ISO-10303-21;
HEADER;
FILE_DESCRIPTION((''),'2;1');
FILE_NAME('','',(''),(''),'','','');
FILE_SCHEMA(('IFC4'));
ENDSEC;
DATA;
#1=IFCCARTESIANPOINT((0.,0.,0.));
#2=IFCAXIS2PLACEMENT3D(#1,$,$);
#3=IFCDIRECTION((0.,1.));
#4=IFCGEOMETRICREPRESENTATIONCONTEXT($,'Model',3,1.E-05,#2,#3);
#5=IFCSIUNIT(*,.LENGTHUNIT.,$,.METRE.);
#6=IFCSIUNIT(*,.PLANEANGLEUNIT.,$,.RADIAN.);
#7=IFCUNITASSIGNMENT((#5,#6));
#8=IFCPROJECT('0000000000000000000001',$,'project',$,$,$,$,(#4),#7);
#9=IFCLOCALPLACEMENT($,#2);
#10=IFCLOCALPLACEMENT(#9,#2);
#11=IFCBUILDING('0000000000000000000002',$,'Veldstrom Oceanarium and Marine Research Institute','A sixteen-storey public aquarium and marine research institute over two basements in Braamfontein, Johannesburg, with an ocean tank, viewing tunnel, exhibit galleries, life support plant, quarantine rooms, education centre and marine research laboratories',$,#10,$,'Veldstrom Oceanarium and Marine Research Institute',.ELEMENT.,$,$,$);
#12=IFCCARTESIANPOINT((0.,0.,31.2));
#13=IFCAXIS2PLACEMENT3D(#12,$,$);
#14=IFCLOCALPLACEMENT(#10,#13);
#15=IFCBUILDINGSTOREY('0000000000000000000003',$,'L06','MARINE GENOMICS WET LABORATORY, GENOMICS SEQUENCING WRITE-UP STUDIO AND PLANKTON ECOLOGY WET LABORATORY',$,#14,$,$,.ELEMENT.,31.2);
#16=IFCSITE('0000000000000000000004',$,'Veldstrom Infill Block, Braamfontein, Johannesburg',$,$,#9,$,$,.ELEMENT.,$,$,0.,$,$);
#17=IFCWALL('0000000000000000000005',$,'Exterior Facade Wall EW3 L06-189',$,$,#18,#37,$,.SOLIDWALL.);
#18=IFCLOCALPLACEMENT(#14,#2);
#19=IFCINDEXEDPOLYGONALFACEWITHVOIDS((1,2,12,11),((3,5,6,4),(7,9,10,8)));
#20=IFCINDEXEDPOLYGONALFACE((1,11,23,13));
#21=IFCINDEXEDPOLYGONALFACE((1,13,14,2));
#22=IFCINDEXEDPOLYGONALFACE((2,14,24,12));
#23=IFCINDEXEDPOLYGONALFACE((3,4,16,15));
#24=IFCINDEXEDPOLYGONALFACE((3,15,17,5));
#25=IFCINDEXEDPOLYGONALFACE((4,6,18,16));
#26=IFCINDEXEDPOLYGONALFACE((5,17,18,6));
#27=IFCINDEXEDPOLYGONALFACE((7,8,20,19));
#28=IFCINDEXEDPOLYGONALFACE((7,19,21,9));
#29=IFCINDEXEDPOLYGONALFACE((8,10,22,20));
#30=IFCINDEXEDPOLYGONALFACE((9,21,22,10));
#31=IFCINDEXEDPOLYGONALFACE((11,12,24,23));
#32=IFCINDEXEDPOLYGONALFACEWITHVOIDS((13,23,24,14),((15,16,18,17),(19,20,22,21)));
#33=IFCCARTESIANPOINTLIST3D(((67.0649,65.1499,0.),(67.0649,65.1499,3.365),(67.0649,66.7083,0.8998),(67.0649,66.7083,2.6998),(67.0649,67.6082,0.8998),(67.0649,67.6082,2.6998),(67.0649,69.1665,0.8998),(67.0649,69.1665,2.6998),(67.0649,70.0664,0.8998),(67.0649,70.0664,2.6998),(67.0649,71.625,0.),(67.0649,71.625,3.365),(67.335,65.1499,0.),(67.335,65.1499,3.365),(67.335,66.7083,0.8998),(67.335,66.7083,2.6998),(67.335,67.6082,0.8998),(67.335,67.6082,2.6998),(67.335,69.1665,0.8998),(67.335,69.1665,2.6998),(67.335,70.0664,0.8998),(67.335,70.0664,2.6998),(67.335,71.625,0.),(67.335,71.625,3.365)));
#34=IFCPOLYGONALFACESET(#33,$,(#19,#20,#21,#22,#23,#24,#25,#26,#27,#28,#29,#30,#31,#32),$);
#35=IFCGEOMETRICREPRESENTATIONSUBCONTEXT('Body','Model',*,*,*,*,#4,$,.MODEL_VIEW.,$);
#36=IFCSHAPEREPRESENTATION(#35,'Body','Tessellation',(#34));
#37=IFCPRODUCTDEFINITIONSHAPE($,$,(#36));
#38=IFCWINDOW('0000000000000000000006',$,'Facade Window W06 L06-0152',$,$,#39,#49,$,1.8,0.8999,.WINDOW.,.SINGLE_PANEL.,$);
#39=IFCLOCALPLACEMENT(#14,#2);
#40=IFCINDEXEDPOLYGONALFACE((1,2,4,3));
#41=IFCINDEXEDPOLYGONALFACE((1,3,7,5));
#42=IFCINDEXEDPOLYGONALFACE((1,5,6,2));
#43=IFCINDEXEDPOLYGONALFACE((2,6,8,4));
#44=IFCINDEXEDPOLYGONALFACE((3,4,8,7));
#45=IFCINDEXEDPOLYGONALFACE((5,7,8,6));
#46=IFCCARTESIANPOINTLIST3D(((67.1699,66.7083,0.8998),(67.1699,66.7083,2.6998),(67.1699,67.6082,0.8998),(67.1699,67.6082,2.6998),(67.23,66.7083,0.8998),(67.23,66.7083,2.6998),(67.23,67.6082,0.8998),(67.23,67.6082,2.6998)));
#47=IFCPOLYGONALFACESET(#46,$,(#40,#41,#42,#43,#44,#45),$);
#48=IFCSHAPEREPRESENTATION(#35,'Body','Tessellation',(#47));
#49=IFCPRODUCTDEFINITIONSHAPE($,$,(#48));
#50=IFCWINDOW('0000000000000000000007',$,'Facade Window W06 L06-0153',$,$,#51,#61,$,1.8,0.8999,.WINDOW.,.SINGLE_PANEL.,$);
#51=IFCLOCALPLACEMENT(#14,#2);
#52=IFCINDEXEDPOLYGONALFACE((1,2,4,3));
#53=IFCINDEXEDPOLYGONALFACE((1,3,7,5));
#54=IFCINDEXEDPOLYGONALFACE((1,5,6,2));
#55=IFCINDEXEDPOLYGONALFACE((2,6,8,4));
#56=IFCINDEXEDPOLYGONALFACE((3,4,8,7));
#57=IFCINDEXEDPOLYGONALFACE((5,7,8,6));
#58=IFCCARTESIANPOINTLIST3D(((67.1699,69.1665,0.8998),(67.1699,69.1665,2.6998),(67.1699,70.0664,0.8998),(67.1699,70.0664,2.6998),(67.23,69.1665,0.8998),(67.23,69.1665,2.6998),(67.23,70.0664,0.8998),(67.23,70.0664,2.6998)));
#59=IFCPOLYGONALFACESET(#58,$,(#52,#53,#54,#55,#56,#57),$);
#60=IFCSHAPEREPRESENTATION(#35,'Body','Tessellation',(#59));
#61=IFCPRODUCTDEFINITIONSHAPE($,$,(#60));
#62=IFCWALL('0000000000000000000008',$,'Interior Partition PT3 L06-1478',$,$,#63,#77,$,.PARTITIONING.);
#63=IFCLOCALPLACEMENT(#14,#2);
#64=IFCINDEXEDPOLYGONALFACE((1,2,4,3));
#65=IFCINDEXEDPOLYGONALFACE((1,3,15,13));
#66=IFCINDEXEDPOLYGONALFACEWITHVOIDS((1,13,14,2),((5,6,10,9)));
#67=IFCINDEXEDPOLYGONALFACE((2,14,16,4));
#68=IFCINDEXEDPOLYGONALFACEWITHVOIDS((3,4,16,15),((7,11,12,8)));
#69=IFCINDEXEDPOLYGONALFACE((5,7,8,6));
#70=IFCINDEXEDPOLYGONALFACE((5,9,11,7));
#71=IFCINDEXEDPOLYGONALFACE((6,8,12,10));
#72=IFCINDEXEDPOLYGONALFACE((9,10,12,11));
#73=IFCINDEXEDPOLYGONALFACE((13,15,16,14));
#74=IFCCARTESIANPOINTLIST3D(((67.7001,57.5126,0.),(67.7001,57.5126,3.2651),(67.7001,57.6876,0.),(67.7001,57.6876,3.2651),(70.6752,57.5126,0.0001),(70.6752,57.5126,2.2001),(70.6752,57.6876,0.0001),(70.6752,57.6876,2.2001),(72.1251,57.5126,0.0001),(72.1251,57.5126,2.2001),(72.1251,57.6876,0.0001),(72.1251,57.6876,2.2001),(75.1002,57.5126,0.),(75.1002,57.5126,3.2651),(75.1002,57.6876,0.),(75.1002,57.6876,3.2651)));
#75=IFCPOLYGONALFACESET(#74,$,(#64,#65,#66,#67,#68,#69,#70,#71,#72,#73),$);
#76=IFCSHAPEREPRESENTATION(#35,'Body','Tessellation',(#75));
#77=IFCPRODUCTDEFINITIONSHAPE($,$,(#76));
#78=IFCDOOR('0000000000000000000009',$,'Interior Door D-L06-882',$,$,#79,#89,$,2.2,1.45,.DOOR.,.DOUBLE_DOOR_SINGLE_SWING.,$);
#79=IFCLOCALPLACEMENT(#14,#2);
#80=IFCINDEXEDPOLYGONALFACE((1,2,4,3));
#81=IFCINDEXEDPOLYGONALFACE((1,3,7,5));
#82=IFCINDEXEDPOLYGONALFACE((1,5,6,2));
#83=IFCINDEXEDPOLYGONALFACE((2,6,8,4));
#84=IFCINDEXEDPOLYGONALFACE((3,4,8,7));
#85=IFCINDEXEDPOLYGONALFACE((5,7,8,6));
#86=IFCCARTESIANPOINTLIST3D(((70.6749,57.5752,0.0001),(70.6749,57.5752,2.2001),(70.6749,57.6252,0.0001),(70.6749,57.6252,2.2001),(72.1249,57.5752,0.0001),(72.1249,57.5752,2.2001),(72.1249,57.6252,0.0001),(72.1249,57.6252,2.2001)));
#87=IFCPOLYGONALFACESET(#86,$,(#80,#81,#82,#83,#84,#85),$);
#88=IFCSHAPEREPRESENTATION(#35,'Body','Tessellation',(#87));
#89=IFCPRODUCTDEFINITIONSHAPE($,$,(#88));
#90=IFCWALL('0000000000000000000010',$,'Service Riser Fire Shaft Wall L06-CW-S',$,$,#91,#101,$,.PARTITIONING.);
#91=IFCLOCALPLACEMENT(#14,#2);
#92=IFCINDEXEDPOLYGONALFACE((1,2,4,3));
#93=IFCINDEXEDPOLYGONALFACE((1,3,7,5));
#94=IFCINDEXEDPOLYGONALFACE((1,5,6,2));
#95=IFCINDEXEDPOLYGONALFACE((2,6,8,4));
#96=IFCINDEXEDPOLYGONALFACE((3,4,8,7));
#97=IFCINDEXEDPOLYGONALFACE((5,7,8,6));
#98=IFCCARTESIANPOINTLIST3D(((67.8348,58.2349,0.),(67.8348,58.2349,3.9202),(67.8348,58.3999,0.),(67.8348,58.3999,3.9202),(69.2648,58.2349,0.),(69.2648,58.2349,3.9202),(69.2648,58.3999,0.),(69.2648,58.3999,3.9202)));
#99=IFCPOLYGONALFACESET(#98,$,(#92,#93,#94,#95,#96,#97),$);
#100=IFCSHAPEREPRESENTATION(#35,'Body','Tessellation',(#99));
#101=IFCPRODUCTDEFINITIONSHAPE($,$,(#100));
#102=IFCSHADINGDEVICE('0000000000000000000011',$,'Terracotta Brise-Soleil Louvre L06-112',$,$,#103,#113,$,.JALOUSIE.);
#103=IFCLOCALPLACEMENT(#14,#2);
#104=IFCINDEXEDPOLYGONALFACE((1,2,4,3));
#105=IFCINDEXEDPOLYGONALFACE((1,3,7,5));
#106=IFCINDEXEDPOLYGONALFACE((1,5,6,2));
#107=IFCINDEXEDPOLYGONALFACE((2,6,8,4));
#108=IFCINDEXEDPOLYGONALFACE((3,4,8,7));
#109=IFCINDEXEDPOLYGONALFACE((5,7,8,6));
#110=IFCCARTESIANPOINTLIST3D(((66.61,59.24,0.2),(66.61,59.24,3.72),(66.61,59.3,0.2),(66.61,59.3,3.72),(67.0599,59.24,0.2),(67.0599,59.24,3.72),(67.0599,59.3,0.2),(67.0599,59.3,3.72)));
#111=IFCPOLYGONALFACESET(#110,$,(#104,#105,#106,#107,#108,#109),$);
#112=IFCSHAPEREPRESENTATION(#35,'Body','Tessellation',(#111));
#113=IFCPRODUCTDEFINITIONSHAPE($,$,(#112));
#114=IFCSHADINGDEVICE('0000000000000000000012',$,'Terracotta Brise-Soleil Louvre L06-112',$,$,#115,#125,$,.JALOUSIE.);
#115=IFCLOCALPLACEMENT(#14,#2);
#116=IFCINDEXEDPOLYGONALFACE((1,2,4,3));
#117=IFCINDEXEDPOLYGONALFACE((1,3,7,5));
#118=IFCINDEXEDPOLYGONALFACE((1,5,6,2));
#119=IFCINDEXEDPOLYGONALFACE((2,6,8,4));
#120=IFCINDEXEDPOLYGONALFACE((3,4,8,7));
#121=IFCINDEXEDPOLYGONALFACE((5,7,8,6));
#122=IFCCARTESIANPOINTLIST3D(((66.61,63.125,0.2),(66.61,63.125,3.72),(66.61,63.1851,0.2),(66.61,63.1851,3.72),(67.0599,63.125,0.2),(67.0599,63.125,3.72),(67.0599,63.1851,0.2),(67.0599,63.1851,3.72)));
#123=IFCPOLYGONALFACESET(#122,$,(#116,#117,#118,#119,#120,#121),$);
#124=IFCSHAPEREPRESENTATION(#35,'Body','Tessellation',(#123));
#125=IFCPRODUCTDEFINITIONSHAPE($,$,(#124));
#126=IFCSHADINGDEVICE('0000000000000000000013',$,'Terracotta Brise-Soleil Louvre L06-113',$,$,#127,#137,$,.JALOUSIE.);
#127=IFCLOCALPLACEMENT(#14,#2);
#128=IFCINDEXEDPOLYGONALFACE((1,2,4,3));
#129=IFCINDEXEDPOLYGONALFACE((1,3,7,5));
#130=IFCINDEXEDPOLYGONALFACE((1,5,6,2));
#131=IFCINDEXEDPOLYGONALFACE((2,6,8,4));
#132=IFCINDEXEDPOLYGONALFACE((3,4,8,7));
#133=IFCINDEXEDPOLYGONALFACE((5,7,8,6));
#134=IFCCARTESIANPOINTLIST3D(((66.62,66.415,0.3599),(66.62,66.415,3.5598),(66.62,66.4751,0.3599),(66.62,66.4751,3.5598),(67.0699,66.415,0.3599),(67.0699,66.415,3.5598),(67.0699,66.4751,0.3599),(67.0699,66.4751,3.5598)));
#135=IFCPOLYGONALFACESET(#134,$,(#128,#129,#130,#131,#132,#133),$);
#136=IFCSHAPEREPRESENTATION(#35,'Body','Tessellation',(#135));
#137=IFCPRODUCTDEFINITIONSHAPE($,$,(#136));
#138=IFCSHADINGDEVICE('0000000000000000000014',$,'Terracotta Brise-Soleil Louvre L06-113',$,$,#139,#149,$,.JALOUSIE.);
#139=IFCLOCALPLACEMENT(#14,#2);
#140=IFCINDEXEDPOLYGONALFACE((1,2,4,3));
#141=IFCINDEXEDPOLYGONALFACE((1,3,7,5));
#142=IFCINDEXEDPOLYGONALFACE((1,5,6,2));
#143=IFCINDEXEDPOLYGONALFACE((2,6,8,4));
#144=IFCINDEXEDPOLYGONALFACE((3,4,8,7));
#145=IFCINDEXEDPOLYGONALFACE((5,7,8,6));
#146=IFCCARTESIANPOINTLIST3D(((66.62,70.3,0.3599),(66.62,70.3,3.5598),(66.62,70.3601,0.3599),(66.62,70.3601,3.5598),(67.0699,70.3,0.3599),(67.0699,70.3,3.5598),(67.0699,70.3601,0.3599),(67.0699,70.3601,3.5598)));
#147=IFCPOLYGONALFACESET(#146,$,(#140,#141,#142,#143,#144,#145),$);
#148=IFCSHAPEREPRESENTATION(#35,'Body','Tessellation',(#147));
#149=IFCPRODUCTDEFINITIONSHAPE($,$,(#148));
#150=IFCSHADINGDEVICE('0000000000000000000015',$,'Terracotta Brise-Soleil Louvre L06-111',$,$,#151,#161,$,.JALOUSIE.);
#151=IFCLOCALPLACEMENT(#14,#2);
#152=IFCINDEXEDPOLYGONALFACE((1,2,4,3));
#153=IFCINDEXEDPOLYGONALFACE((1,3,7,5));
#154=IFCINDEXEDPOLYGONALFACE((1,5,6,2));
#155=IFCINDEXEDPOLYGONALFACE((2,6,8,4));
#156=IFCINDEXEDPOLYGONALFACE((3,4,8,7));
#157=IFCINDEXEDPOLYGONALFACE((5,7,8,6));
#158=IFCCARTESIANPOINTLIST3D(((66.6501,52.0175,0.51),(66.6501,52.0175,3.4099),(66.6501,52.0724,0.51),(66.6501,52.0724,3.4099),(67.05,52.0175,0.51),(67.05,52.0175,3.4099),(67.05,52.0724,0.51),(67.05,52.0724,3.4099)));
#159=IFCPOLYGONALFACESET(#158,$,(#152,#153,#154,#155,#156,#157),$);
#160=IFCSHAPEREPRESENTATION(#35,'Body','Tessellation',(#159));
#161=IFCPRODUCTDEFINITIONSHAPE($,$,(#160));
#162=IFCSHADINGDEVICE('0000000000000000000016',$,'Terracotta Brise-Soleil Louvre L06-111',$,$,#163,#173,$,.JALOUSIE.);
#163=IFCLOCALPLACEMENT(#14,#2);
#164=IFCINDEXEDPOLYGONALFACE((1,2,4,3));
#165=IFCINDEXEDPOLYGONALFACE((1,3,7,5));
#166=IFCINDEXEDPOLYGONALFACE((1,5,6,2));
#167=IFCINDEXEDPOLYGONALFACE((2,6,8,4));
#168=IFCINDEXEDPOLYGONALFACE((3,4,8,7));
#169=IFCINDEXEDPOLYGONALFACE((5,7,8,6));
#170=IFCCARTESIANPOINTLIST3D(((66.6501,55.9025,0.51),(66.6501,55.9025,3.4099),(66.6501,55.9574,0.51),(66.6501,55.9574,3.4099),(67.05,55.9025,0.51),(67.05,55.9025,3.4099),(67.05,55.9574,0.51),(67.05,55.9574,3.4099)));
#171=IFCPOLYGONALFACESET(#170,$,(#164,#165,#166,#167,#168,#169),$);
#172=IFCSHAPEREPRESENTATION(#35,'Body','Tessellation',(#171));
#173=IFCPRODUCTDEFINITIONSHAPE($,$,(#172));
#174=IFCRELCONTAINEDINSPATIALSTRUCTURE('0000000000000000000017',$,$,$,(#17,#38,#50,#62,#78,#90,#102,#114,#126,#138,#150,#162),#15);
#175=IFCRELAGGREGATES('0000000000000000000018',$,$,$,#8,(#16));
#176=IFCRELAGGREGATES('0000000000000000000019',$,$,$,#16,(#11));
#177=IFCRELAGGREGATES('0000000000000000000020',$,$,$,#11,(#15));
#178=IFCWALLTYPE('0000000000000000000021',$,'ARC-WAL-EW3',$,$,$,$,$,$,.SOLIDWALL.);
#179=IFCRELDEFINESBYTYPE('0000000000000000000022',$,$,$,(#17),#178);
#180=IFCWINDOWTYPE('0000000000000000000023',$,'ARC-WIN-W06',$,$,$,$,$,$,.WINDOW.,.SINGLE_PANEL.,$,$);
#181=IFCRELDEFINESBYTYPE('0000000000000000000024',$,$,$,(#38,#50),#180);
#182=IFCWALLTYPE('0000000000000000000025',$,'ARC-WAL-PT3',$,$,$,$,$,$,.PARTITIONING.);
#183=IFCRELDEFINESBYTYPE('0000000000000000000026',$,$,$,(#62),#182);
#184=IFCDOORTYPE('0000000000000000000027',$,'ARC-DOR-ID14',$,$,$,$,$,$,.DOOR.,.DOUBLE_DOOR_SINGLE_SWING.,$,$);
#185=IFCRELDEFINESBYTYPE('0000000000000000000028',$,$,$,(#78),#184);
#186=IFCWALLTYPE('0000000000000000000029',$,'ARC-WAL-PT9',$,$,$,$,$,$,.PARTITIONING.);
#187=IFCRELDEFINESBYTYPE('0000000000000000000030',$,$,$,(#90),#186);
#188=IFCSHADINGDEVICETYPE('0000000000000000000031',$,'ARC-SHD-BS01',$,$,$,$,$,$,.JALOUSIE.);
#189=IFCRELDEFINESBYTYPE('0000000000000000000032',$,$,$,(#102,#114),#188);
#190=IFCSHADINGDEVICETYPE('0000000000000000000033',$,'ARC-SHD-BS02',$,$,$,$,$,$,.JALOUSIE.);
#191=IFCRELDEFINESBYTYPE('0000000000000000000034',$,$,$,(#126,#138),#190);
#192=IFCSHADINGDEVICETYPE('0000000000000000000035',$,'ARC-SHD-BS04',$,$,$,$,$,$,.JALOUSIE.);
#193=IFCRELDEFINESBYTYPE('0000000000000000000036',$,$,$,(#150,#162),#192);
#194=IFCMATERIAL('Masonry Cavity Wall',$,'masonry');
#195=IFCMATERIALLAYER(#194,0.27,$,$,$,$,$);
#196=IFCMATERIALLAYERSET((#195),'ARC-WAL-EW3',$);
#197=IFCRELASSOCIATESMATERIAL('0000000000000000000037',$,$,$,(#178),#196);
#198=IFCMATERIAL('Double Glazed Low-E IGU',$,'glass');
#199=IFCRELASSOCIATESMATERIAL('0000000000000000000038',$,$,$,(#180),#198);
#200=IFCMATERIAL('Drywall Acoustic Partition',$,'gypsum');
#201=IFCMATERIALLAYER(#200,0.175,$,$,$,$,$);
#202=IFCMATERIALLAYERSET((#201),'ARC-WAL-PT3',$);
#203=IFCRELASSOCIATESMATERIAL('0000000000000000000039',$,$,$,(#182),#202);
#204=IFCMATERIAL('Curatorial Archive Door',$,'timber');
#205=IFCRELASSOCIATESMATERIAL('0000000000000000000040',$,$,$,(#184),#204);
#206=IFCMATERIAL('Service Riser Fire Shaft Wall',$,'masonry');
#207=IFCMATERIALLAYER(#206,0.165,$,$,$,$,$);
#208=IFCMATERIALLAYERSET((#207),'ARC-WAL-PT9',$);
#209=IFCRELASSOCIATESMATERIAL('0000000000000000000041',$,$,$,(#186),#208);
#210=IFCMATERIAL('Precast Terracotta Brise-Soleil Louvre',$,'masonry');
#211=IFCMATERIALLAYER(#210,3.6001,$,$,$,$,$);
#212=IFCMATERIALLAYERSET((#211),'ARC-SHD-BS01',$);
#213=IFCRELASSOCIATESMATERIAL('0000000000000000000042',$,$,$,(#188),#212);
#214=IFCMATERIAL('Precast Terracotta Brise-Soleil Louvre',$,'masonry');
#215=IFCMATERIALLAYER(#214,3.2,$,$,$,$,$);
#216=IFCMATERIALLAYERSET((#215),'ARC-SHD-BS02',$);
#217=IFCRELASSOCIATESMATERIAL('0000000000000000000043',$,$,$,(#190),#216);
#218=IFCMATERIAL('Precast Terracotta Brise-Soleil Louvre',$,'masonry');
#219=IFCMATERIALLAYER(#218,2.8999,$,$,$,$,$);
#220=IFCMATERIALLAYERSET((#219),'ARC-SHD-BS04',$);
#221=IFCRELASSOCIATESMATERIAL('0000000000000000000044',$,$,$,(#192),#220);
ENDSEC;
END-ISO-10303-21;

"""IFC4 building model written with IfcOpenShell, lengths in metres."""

from ifc_helpers import new_model, si_unit, direction, frame, frame_2d, origin, origin_2d, place, context, subcontext, project, spatial, rectangle, extrude, material, layer, layer_set, type_object, element, fill, save


model = new_model("IFC4")

# Units and contexts
model_context = context("Model", 3, precision=1e-05, world=origin(), true_north=direction((0.0, 1.0)))
body_context = subcontext(model_context, "Body", "Model", "MODEL_VIEW")
ifc_project = project(units=[si_unit("LENGTHUNIT", "METRE"), si_unit("PLANEANGLEUNIT", "RADIAN")], contexts=[model_context])

# Site, building, storey
site_placement = place(None, origin())
site = spatial("IfcSite", under=ifc_project, at=site_placement, Name="Veldstrom Infill Block, Braamfontein, Johannesburg", CompositionType="ELEMENT", RefElevation=0.0)
building_placement = place(site_placement, origin())
building = spatial("IfcBuilding", under=site, at=building_placement, Name="Veldstrom Oceanarium and Marine Research Institute", Description="A sixteen-storey public aquarium and marine research institute over two basements in Braamfontein, Johannesburg, with an ocean tank, viewing tunnel, exhibit galleries, life support plant, quarantine rooms, education centre and marine research laboratories", LongName="Veldstrom Oceanarium and Marine Research Institute", CompositionType="ELEMENT")
storey_placement = place(building_placement, frame((0.0, 0.0, 31.2)))
storey = spatial("IfcBuildingStorey", under=building, at=storey_placement, Name="L06", Description="MARINE GENOMICS WET LABORATORY, GENOMICS SEQUENCING WRITE-UP STUDIO AND PLANKTON ECOLOGY WET LABORATORY", CompositionType="ELEMENT", Elevation=31.2)

# Wall, openings, windows
ifc_material_1 = material(Name="Masonry Cavity Wall", Category="masonry")
ifc_layer_1 = layer(ifc_material_1, 0.27)
ifc_layer_set_1 = layer_set([ifc_layer_1], Name="ARC-WAL-EW3")
wall_type_1 = type_object("IfcWallType", Name="ARC-WAL-EW3", PredefinedType="SOLIDWALL", material=ifc_layer_set_1)
wall_1_placement = place(storey_placement, frame((67.2, 65.1499, 0.0), z_axis=(0.0, 0.0, 1.0), x_axis=(0.0, 1.0, 0.0)))
wall_1 = element("IfcWall", 1, at=wall_1_placement, inside=storey, type_object=wall_type_1, Name="Exterior Facade Wall EW3 L06-189", PredefinedType="SOLIDWALL", context=body_context, shape_type="SweptSolid", body=[
    extrude(rectangle(XDim=6.4751, YDim=0.27, at=frame_2d((3.2375, 0.0))), origin(), (0.0, 0.0, 1.0), 3.365),
])
opening_1_placement = place(wall_1_placement, frame((1.5583, 0.0, 0.8999)))
opening_1 = element("IfcOpeningElement", 2, at=opening_1_placement, cuts=wall_1, PredefinedType="OPENING", context=body_context, shape_type="SweptSolid", body=[
    extrude(rectangle(XDim=0.8999, YDim=1.8, at=frame_2d((0.45, 0.8999))), frame((0.0, 0.145, 0.0), z_axis=(0.0, -1.0, 0.0), x_axis=(1.0, 0.0, 0.0)), (0.0, 0.0, 1.0), 0.29),
])
opening_2_placement = place(wall_1_placement, frame((4.0166, 0.0, 0.8999)))
opening_2 = element("IfcOpeningElement", 3, at=opening_2_placement, cuts=wall_1, PredefinedType="OPENING", context=body_context, shape_type="SweptSolid", body=[
    extrude(rectangle(XDim=0.8999, YDim=1.8, at=frame_2d((0.45, 0.8999))), frame((0.0, 0.145, 0.0), z_axis=(0.0, -1.0, 0.0), x_axis=(1.0, 0.0, 0.0)), (0.0, 0.0, 1.0), 0.29),
])
ifc_material_2 = material(Name="Double Glazed Low-E IGU", Category="glass")
window_type_1 = type_object("IfcWindowType", Name="ARC-WIN-W06", PartitioningType="SINGLE_PANEL", PredefinedType="WINDOW", material=ifc_material_2)
window_1_placement = place(opening_1_placement, origin())
window_1 = element("IfcWindow", 4, at=window_1_placement, inside=storey, type_object=window_type_1, Name="Facade Window W06 L06-0152", OverallHeight=1.8, OverallWidth=0.8999, PartitioningType="SINGLE_PANEL", PredefinedType="WINDOW", context=body_context, shape_type="SweptSolid", body=[
    extrude(rectangle(XDim=0.8999, YDim=1.8, at=frame_2d((0.45, 0.8999))), frame((0.0, 0.03, 0.0), z_axis=(0.0, -1.0, 0.0), x_axis=(1.0, 0.0, 0.0)), (0.0, 0.0, 1.0), 0.0601),
])
fill(opening_1, window_1)
window_2_placement = place(opening_2_placement, origin())
window_2 = element("IfcWindow", 5, at=window_2_placement, inside=storey, type_object=window_type_1, Name="Facade Window W06 L06-0153", OverallHeight=1.8, OverallWidth=0.8999, PartitioningType="SINGLE_PANEL", PredefinedType="WINDOW", context=body_context, shape_type="SweptSolid", body=[
    extrude(rectangle(XDim=0.8999, YDim=1.8, at=frame_2d((0.45, 0.8999))), frame((0.0, 0.03, 0.0), z_axis=(0.0, -1.0, 0.0), x_axis=(1.0, 0.0, 0.0)), (0.0, 0.0, 1.0), 0.0601),
])
fill(opening_2, window_2)

# Wall, opening, door
ifc_material_3 = material(Name="Drywall Acoustic Partition", Category="gypsum")
ifc_layer_2 = layer(ifc_material_3, 0.175)
ifc_layer_set_2 = layer_set([ifc_layer_2], Name="ARC-WAL-PT3")
wall_type_2 = type_object("IfcWallType", Name="ARC-WAL-PT3", PredefinedType="PARTITIONING", material=ifc_layer_set_2)
wall_2_placement = place(storey_placement, frame((67.7, 57.6001, 0.0), z_axis=(0.0, 0.0, 1.0), x_axis=(1.0, 0.0, 0.0)))
wall_2 = element("IfcWall", 6, at=wall_2_placement, inside=storey, type_object=wall_type_2, Name="Interior Partition PT3 L06-1478", PredefinedType="PARTITIONING", context=body_context, shape_type="SweptSolid", body=[
    extrude(rectangle(XDim=7.4001, YDim=0.175, at=frame_2d((3.7002, 0.0))), origin(), (0.0, 0.0, 1.0), 3.2651),
])
opening_3_placement = place(wall_2_placement, frame((2.9751, 0.0, 0.0)))
opening_3 = element("IfcOpeningElement", 7, at=opening_3_placement, cuts=wall_2, PredefinedType="OPENING", context=body_context, shape_type="SweptSolid", body=[
    extrude(rectangle(XDim=1.45, YDim=2.2, at=frame_2d((0.7251, 1.1001))), frame((0.0, 0.0974, 0.0), z_axis=(0.0, -1.0, 0.0), x_axis=(1.0, 0.0, 0.0)), (0.0, 0.0, 1.0), 0.1951),
])
ifc_material_4 = material(Name="Curatorial Archive Door", Category="timber")
door_type_1 = type_object("IfcDoorType", Name="ARC-DOR-ID14", OperationType="DOUBLE_DOOR_SINGLE_SWING", PredefinedType="DOOR", material=ifc_material_4)
door_1_placement = place(opening_3_placement, frame((1.45, 0.0, 0.0), z_axis=(0.0, 0.0, 1.0), x_axis=(-1.0, 0.0, 0.0)))
door_1 = element("IfcDoor", 8, at=door_1_placement, inside=storey, type_object=door_type_1, Name="Interior Door D-L06-882", OperationType="DOUBLE_DOOR_SINGLE_SWING", OverallHeight=2.2, OverallWidth=1.45, PredefinedType="DOOR", context=body_context, shape_type="SweptSolid", body=[
    extrude(rectangle(XDim=1.45, YDim=2.2, at=frame_2d((0.7251, 1.1001))), frame((0.0, 0.0249, 0.0), z_axis=(0.0, -1.0, 0.0), x_axis=(1.0, 0.0, 0.0)), (0.0, 0.0, 1.0), 0.05),
])
fill(opening_3, door_1)

# Wall
ifc_material_5 = material(Name="Service Riser Fire Shaft Wall", Category="masonry")
ifc_layer_3 = layer(ifc_material_5, 0.165)
ifc_layer_set_3 = layer_set([ifc_layer_3], Name="ARC-WAL-PT9")
wall_type_3 = type_object("IfcWallType", Name="ARC-WAL-PT9", PredefinedType="PARTITIONING", material=ifc_layer_set_3)
wall_3_placement = place(storey_placement, frame((67.835, 58.3174, 0.0), z_axis=(0.0, 0.0, 1.0), x_axis=(1.0, 0.0, 0.0)))
element("IfcWall", 9, at=wall_3_placement, inside=storey, type_object=wall_type_3, Name="Service Riser Fire Shaft Wall L06-CW-S", PredefinedType="PARTITIONING", context=body_context, shape_type="SweptSolid", body=[
    extrude(rectangle(XDim=1.4299, YDim=0.165, at=frame_2d((0.7148, 0.0))), origin(), (0.0, 0.0, 1.0), 3.9202),
])

# Shading devices
ifc_material_6 = material(Name="Precast Terracotta Brise-Soleil Louvre", Category="masonry")
ifc_layer_4 = layer(ifc_material_6, 3.6001)
ifc_layer_set_4 = layer_set([ifc_layer_4], Name="ARC-SHD-BS01")
shading_device_type_1 = type_object("IfcShadingDeviceType", Name="ARC-SHD-BS01", PredefinedType="JALOUSIE", material=ifc_layer_set_4)
for number, where, z_axis, x_axis, name in (
    (10, (66.835, 59.27, 0.2), (0.0, 0.0, 1.0), (1.0, 0.0, 0.0), "Terracotta Brise-Soleil Louvre L06-112"),
    (11, (66.835, 63.155, 0.2), (0.0, 0.0, 1.0), (1.0, 0.0, 0.0), "Terracotta Brise-Soleil Louvre L06-112"),
):
    element("IfcShadingDevice", number, at=place(storey_placement, frame(where, z_axis=z_axis, x_axis=x_axis)), inside=storey, type_object=shading_device_type_1, Name=name, PredefinedType="JALOUSIE", context=body_context, shape_type="SweptSolid", body=[
        extrude(rectangle(XDim=0.45, YDim=0.0601, at=origin_2d()), origin(), (0.0, 0.0, 1.0), 3.52),
    ])
ifc_material_7 = material(Name="Precast Terracotta Brise-Soleil Louvre", Category="masonry")
ifc_layer_5 = layer(ifc_material_7, 3.2)
ifc_layer_set_5 = layer_set([ifc_layer_5], Name="ARC-SHD-BS02")
shading_device_type_2 = type_object("IfcShadingDeviceType", Name="ARC-SHD-BS02", PredefinedType="JALOUSIE", material=ifc_layer_set_5)
for number, where, z_axis, x_axis, name in (
    (12, (66.845, 66.4451, 0.3599), (0.0, 0.0, 1.0), (1.0, 0.0, 0.0), "Terracotta Brise-Soleil Louvre L06-113"),
    (13, (66.845, 70.3301, 0.3599), (0.0, 0.0, 1.0), (1.0, 0.0, 0.0), "Terracotta Brise-Soleil Louvre L06-113"),
):
    element("IfcShadingDevice", number, at=place(storey_placement, frame(where, z_axis=z_axis, x_axis=x_axis)), inside=storey, type_object=shading_device_type_2, Name=name, PredefinedType="JALOUSIE", context=body_context, shape_type="SweptSolid", body=[
        extrude(rectangle(XDim=0.45, YDim=0.0601, at=origin_2d()), origin(), (0.0, 0.0, 1.0), 3.2),
    ])
ifc_material_8 = material(Name="Precast Terracotta Brise-Soleil Louvre", Category="masonry")
ifc_layer_6 = layer(ifc_material_8, 2.8999)
ifc_layer_set_6 = layer_set([ifc_layer_6], Name="ARC-SHD-BS04")
shading_device_type_3 = type_object("IfcShadingDeviceType", Name="ARC-SHD-BS04", PredefinedType="JALOUSIE", material=ifc_layer_set_6)
for number, where, z_axis, x_axis, name in (
    (14, (66.8501, 52.0449, 0.51), (0.0, 0.0, 1.0), (1.0, 0.0, 0.0), "Terracotta Brise-Soleil Louvre L06-111"),
    (15, (66.8501, 55.9299, 0.51), (0.0, 0.0, 1.0), (1.0, 0.0, 0.0), "Terracotta Brise-Soleil Louvre L06-111"),
):
    element("IfcShadingDevice", number, at=place(storey_placement, frame(where, z_axis=z_axis, x_axis=x_axis)), inside=storey, type_object=shading_device_type_3, Name=name, PredefinedType="JALOUSIE", context=body_context, shape_type="SweptSolid", body=[
        extrude(rectangle(XDim=0.3999, YDim=0.0549, at=origin_2d()), origin(), (0.0, 0.0, 1.0), 2.8999),
    ])

save(model, "model.ifc")
